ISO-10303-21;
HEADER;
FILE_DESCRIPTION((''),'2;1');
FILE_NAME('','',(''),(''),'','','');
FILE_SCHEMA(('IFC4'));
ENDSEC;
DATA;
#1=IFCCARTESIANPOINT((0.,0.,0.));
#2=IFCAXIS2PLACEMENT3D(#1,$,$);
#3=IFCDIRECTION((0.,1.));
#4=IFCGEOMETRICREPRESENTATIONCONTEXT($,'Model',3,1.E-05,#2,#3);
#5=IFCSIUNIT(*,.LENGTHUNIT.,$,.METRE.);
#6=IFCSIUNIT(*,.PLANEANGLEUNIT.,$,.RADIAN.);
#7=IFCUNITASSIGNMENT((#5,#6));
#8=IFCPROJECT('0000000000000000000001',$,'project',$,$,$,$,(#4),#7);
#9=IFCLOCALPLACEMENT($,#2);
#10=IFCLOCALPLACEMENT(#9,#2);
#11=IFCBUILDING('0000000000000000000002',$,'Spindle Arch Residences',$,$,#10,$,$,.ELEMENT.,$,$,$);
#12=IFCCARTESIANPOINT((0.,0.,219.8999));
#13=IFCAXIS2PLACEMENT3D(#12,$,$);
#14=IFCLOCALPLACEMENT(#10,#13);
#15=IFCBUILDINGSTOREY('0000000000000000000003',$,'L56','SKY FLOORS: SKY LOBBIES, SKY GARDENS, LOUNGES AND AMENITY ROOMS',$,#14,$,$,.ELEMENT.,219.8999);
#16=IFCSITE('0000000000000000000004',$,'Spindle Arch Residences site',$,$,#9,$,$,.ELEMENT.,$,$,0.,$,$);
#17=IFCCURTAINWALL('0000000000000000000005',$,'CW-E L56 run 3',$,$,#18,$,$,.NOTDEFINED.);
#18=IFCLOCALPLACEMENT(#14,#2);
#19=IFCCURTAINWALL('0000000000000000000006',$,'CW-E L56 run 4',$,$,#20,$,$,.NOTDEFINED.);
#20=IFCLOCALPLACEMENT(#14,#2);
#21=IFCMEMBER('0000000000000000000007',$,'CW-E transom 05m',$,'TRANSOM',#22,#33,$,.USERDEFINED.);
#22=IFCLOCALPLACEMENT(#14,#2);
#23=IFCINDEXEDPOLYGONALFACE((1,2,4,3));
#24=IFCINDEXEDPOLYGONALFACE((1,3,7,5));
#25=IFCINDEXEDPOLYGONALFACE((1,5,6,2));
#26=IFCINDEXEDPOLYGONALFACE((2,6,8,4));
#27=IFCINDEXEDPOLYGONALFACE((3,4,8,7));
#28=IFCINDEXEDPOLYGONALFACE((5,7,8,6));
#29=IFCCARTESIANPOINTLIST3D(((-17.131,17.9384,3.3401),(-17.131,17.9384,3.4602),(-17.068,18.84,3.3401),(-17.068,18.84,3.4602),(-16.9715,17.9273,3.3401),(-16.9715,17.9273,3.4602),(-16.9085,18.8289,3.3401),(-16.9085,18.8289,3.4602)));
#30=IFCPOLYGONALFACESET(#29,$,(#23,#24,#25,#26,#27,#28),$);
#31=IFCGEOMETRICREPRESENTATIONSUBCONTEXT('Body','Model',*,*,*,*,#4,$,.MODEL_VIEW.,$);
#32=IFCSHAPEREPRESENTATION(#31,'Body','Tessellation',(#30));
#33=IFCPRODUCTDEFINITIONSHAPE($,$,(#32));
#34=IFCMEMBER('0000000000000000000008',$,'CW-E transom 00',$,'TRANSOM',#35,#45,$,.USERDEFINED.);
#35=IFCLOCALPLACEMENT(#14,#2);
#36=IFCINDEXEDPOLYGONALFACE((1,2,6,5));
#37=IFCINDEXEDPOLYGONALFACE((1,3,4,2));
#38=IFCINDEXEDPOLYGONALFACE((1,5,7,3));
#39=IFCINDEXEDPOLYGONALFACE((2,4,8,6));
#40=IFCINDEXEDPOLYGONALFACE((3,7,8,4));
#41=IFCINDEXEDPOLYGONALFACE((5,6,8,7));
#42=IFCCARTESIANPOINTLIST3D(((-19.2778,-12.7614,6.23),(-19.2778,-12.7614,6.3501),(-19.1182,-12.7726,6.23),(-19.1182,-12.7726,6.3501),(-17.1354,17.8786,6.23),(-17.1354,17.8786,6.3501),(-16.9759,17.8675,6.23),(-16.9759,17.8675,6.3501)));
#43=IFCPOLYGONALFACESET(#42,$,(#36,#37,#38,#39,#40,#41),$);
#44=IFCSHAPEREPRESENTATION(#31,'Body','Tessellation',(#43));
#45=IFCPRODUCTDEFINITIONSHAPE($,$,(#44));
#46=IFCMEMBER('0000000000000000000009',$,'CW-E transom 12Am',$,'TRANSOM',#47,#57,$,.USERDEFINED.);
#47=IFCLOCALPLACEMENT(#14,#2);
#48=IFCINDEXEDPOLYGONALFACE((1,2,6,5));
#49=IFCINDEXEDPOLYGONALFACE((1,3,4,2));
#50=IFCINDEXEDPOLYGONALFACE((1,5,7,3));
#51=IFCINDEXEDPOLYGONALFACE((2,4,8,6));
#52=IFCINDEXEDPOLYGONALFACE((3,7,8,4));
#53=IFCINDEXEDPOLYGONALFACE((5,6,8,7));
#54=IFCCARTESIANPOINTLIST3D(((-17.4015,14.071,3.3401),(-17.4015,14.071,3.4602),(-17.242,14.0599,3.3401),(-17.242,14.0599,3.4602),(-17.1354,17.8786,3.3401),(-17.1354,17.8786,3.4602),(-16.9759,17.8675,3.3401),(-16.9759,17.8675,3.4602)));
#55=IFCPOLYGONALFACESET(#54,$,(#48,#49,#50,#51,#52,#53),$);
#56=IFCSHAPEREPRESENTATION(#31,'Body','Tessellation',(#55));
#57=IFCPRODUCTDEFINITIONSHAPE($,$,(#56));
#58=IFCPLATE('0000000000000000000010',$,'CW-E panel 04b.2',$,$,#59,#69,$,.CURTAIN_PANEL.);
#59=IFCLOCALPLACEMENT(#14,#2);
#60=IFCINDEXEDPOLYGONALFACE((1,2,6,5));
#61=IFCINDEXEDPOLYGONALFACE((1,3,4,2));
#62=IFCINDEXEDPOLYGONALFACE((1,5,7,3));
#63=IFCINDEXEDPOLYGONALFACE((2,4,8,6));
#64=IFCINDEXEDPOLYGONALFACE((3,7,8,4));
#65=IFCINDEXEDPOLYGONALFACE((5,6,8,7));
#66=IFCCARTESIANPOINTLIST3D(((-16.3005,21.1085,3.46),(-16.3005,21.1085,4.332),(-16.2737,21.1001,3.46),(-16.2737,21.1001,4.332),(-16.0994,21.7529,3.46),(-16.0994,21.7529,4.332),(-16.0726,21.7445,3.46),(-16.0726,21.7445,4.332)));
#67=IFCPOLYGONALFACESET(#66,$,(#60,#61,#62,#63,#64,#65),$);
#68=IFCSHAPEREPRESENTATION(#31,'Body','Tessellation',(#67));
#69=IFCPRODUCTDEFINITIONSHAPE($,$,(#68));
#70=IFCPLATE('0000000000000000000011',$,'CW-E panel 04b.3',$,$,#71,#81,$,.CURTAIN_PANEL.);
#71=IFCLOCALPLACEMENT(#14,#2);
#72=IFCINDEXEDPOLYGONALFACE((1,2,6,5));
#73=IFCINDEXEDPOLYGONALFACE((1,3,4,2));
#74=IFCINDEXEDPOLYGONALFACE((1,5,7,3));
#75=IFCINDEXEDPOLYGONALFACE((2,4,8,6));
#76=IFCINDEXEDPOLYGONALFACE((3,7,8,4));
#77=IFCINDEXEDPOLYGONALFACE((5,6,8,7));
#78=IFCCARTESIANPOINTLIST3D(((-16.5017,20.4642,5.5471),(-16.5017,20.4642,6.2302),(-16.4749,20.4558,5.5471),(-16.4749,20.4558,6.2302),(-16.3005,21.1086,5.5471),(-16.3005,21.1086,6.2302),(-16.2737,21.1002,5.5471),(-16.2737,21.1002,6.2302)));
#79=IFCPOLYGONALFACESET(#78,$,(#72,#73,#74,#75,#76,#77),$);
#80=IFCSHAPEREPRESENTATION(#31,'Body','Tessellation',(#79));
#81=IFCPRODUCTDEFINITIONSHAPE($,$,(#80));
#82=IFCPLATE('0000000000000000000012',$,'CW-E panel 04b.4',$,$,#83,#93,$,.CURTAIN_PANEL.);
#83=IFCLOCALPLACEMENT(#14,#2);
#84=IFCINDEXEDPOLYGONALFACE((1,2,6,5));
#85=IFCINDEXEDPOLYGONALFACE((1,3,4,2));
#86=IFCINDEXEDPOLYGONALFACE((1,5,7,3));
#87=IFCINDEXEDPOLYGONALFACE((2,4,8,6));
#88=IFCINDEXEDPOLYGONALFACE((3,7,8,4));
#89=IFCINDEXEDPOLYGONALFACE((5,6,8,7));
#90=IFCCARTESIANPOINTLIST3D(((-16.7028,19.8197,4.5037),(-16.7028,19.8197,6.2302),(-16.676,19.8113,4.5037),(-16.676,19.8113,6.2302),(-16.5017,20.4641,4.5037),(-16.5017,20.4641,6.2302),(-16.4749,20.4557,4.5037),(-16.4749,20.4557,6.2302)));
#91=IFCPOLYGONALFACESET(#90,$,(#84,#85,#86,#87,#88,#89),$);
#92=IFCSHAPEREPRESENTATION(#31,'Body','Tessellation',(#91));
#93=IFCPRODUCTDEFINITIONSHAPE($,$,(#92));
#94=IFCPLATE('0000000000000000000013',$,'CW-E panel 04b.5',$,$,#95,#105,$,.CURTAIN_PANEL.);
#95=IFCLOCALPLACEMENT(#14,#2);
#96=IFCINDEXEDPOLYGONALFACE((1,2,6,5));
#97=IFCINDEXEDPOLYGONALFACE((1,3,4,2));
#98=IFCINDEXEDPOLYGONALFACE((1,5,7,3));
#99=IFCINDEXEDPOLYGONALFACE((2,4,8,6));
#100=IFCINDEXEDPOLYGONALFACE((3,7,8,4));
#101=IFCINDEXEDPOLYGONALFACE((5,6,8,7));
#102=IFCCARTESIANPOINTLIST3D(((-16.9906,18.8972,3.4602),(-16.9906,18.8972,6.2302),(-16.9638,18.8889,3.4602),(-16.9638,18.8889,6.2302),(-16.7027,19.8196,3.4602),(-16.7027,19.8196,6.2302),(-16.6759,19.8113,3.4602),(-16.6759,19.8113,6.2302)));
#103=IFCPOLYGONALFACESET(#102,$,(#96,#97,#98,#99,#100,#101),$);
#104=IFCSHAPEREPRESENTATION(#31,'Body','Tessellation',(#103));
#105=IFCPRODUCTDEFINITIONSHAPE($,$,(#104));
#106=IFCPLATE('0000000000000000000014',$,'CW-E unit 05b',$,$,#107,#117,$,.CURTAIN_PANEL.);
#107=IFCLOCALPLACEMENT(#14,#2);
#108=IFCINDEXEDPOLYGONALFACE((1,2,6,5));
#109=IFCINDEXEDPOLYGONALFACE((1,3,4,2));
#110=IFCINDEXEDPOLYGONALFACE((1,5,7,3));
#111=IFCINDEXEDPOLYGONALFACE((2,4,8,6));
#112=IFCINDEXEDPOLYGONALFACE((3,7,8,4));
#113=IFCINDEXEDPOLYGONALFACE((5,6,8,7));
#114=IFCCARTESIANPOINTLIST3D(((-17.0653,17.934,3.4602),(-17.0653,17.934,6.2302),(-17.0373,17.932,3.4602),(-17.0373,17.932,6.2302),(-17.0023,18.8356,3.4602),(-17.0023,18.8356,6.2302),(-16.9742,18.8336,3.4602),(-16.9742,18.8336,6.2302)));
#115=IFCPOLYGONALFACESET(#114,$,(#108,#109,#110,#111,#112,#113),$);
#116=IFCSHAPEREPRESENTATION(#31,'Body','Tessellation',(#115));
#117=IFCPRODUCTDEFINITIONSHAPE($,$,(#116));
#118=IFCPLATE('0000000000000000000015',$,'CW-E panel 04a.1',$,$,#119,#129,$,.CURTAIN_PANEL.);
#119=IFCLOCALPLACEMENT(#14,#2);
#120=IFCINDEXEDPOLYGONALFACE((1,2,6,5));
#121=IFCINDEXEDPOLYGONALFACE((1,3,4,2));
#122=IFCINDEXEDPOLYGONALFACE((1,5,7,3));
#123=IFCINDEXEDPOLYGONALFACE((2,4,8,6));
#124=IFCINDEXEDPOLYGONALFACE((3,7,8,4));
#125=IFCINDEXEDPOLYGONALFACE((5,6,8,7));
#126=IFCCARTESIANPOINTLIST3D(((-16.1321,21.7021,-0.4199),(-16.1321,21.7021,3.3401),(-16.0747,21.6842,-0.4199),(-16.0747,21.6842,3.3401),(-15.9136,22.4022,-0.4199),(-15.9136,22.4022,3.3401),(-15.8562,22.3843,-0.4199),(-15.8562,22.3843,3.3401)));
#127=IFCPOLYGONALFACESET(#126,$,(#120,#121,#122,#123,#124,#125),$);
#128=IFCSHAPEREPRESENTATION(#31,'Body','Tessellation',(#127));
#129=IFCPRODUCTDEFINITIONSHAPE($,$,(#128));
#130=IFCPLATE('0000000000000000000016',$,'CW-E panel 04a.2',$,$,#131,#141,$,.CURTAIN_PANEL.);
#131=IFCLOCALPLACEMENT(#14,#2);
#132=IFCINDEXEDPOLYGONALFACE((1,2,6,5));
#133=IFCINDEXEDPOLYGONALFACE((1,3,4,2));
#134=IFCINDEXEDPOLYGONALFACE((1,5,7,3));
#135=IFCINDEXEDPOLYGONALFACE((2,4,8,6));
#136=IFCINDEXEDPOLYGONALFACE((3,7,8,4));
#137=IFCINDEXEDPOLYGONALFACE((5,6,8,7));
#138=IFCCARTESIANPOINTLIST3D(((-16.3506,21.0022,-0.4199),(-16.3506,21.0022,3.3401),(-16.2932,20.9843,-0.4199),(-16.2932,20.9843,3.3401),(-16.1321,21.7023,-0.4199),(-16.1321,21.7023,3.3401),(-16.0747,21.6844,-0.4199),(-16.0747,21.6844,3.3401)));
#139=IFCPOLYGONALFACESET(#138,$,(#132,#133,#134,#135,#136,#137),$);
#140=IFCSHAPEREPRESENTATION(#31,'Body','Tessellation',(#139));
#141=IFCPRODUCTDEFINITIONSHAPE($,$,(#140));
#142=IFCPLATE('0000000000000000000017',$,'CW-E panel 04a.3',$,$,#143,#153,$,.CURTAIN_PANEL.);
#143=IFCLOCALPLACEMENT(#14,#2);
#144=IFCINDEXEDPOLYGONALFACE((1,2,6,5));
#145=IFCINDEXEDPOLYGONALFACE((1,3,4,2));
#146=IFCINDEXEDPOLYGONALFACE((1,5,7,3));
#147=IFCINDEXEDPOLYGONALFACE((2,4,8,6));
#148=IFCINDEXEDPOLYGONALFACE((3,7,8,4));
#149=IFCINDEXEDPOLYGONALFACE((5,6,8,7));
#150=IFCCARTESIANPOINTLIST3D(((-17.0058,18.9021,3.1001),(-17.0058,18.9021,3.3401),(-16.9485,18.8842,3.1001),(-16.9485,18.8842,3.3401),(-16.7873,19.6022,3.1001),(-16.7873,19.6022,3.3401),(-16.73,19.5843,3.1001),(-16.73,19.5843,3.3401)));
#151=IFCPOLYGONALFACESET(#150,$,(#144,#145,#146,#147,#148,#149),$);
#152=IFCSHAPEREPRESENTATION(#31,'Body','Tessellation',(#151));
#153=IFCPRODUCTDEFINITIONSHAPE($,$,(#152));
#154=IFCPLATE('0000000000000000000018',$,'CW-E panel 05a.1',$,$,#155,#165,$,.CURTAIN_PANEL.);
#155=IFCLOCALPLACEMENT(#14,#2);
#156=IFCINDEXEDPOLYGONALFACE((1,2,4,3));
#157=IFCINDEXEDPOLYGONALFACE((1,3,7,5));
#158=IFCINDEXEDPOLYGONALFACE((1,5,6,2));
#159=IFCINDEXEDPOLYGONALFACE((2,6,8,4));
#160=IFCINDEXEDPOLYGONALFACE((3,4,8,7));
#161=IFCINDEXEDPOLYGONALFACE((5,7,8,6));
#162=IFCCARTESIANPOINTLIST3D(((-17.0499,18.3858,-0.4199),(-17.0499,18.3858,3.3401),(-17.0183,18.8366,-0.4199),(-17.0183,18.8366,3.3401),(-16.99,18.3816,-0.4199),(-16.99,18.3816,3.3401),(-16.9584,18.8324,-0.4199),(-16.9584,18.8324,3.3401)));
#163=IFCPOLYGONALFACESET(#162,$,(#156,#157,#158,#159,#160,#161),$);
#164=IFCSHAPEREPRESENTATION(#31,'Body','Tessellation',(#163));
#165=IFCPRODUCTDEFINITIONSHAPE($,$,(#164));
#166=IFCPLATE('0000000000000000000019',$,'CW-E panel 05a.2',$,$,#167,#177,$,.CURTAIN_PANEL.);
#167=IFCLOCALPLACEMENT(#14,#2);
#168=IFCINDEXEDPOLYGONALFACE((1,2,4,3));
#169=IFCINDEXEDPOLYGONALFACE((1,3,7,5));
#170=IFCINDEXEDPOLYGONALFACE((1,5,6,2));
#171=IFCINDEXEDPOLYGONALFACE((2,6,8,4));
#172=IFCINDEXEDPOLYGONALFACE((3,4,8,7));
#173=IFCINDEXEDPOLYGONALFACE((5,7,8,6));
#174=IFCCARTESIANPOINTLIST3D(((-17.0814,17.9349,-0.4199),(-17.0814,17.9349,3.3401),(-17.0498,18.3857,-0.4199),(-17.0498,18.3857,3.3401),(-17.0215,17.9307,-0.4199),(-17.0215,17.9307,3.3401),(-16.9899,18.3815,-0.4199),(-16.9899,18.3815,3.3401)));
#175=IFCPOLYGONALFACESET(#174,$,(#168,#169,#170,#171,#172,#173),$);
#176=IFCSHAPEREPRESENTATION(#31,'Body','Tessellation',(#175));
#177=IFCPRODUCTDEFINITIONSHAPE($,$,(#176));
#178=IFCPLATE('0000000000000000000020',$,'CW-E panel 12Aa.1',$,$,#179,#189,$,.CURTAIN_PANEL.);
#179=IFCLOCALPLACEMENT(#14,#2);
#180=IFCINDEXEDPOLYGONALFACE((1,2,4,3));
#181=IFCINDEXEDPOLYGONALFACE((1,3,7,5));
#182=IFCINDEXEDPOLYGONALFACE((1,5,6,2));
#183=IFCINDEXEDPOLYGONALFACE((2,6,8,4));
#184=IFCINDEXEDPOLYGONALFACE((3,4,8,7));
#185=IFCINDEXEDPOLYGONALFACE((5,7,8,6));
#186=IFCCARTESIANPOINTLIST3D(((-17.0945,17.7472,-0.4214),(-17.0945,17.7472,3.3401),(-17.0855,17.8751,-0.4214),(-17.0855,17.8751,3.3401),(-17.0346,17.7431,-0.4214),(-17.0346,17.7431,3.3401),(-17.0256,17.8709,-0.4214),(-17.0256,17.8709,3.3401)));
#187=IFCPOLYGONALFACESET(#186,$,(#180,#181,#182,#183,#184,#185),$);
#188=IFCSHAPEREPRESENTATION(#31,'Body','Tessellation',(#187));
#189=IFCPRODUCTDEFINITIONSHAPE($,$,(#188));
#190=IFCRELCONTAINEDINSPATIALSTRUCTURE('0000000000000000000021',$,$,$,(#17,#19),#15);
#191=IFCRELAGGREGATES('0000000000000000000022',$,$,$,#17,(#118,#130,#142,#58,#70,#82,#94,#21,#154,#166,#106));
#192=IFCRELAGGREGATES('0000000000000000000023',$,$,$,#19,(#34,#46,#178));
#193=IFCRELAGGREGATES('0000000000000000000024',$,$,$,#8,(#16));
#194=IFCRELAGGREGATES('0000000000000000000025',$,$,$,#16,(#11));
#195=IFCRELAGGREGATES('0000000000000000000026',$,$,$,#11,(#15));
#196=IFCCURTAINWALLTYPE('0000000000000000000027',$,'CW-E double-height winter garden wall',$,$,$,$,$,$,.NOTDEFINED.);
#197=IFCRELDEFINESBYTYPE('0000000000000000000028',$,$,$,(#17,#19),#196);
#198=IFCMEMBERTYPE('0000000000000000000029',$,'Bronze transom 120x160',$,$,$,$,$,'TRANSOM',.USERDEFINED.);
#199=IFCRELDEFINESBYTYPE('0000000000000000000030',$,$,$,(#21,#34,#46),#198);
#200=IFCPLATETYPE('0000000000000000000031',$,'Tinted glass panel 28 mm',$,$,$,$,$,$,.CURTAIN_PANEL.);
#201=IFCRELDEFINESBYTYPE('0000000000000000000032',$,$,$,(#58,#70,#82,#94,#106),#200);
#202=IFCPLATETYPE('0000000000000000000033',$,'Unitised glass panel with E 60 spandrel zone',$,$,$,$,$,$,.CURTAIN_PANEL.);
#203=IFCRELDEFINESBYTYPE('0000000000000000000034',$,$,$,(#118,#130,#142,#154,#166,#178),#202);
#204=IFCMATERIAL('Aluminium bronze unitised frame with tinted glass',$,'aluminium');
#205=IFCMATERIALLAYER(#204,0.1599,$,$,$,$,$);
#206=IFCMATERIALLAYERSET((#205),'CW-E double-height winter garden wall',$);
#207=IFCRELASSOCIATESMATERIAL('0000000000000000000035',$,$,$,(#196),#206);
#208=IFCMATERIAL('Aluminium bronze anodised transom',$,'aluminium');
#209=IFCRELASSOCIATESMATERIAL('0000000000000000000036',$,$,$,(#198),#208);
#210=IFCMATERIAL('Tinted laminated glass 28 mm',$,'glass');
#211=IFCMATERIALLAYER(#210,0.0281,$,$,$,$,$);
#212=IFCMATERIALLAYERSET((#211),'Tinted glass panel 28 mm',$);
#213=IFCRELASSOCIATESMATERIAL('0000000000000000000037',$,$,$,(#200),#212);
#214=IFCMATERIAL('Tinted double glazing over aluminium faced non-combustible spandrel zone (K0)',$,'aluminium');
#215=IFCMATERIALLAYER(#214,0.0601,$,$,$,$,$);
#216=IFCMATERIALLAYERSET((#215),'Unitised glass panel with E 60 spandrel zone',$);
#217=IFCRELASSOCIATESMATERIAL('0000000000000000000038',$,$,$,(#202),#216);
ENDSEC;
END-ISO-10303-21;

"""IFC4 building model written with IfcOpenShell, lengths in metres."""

from ifc_helpers import new_model, si_unit, direction, frame, origin, origin_2d, place, context, subcontext, project, spatial, rectangle, extrude, material, layer, layer_set, material_profile, profile_set, type_object, element, aggregate, save


model = new_model("IFC4")

# Units and contexts
model_context = context("Model", 3, precision=1e-05, world=origin(), true_north=direction((0.0, 1.0)))
body_context = subcontext(model_context, "Body", "Model", "MODEL_VIEW")
ifc_project = project(units=[si_unit("LENGTHUNIT", "METRE"), si_unit("PLANEANGLEUNIT", "RADIAN")], contexts=[model_context])

# Site, building, storey
site_placement = place(None, origin())
site = spatial("IfcSite", under=ifc_project, at=site_placement, Name="Spindle Arch Residences site", CompositionType="ELEMENT", RefElevation=0.0)
building_placement = place(site_placement, origin())
building = spatial("IfcBuilding", under=site, at=building_placement, Name="Spindle Arch Residences", CompositionType="ELEMENT")
storey_placement = place(building_placement, frame((0.0, 0.0, 219.8999)))
storey = spatial("IfcBuildingStorey", under=building, at=storey_placement, Name="L56", Description="SKY FLOORS: SKY LOBBIES, SKY GARDENS, LOUNGES AND AMENITY ROOMS", CompositionType="ELEMENT", Elevation=219.8999)

# Curtain walls
ifc_material_1 = material(Name="Aluminium bronze unitised frame with tinted glass", Category="aluminium")
ifc_layer_1 = layer(ifc_material_1, 0.1599)
ifc_layer_set_1 = layer_set([ifc_layer_1], Name="CW-E double-height winter garden wall")
curtain_wall_type = type_object("IfcCurtainWallType", Name="CW-E double-height winter garden wall", PredefinedType="NOTDEFINED", material=ifc_layer_set_1)
curtain_wall_1_placement = place(storey_placement, origin())
curtain_wall_1 = element("IfcCurtainWall", 1, at=curtain_wall_1_placement, inside=storey, type_object=curtain_wall_type, Name="CW-E L56 run 3", PredefinedType="NOTDEFINED")
curtain_wall_2_placement = place(storey_placement, origin())
curtain_wall_2 = element("IfcCurtainWall", 2, at=curtain_wall_2_placement, inside=storey, type_object=curtain_wall_type, Name="CW-E L56 run 4", PredefinedType="NOTDEFINED")

# Members
ifc_material_2 = material(Name="Aluminium bronze anodised transom", Category="aluminium")
ifc_material_profile_1 = material_profile(ifc_material_2, rectangle(XDim=0.1599, YDim=0.1201, at=origin_2d()), Name="TR 120x160")
ifc_profile_set_1 = profile_set([ifc_material_profile_1], Name="Aluminium bronze anodised transom")
member_type_1 = type_object("IfcMemberType", Name="Bronze transom 120x160", ElementType="TRANSOM", PredefinedType="USERDEFINED", material=ifc_profile_set_1)
member_1_placement = place(storey_placement, frame((-16.9883, 18.8345, 3.4001), z_axis=(-0.069692, -0.997569, 0.0), x_axis=(0.997569, -0.069692, 0.0)))
member_1 = element("IfcMember", 3, at=member_1_placement, type_object=member_type_1, Name="CW-E transom 05m", ObjectType="TRANSOM", PredefinedType="USERDEFINED", context=body_context, shape_type="SweptSolid", body=[
    extrude(rectangle(XDim=0.1599, YDim=0.1201, at=origin_2d()), origin(), (0.0, 0.0, 1.0), 0.9038),
])
member_2_placement = place(storey_placement, frame((-17.0557, 17.873, 6.29), z_axis=(-0.069749, -0.997565, 0.0), x_axis=(0.997565, -0.069749, 0.0)))
member_2 = element("IfcMember", 4, at=member_2_placement, type_object=member_type_1, Name="CW-E transom 00", ObjectType="TRANSOM", PredefinedType="USERDEFINED", context=body_context, shape_type="SweptSolid", body=[
    extrude(rectangle(XDim=0.1599, YDim=0.1201, at=origin_2d()), origin(), (0.0, 0.0, 1.0), 30.7148),
])
member_3_placement = place(storey_placement, frame((-17.0557, 17.873, 3.4001), z_axis=(-0.06972, -0.997567, 0.0), x_axis=(0.997567, -0.06972, 0.0)))
member_3 = element("IfcMember", 5, at=member_3_placement, type_object=member_type_1, Name="CW-E transom 12Am", ObjectType="TRANSOM", PredefinedType="USERDEFINED", context=body_context, shape_type="SweptSolid", body=[
    extrude(rectangle(XDim=0.1599, YDim=0.1201, at=origin_2d()), origin(), (0.0, 0.0, 1.0), 3.8169),
])

# Plates
ifc_material_3 = material(Name="Tinted laminated glass 28 mm", Category="glass")
ifc_layer_2 = layer(ifc_material_3, 0.0281)
ifc_layer_set_2 = layer_set([ifc_layer_2], Name="Tinted glass panel 28 mm")
plate_type_1 = type_object("IfcPlateType", Name="Tinted glass panel 28 mm", PredefinedType="CURTAIN_PANEL", material=ifc_layer_set_2)
plate_1_placement = place(storey_placement, frame((-16.1865, 21.4265, 3.46), z_axis=(0.0, 0.0, 1.0), x_axis=(-0.29793, -0.954588, 0.0)))
plate_1 = element("IfcPlate", 6, at=plate_1_placement, type_object=plate_type_1, Name="CW-E panel 04b.2", PredefinedType="CURTAIN_PANEL", context=body_context, shape_type="SweptSolid", body=[
    extrude(rectangle(XDim=0.675, YDim=0.0281, at=origin_2d()), origin(), (0.0, 0.0, 1.0), 0.8721),
])
plate_2_placement = place(storey_placement, frame((-16.3877, 20.7822, 5.5471), z_axis=(0.0, 0.0, 1.0), x_axis=(-0.29793, -0.954588, 0.0)))
plate_2 = element("IfcPlate", 7, at=plate_2_placement, type_object=plate_type_1, Name="CW-E panel 04b.3", PredefinedType="CURTAIN_PANEL", context=body_context, shape_type="SweptSolid", body=[
    extrude(rectangle(XDim=0.675, YDim=0.0281, at=origin_2d()), origin(), (0.0, 0.0, 1.0), 0.6831),
])
plate_3_placement = place(storey_placement, frame((-16.5889, 20.1377, 4.5037), z_axis=(0.0, 0.0, 1.0), x_axis=(-0.29793, -0.954588, 0.0)))
plate_3 = element("IfcPlate", 8, at=plate_3_placement, type_object=plate_type_1, Name="CW-E panel 04b.4", PredefinedType="CURTAIN_PANEL", context=body_context, shape_type="SweptSolid", body=[
    extrude(rectangle(XDim=0.675, YDim=0.0281, at=origin_2d()), origin(), (0.0, 0.0, 1.0), 1.7266),
])
plate_4_placement = place(storey_placement, frame((-16.8333, 19.3542, 3.4602), z_axis=(0.0, 0.0, 1.0), x_axis=(-0.29793, -0.954588, 0.0)))
plate_4 = element("IfcPlate", 9, at=plate_4_placement, type_object=plate_type_1, Name="CW-E panel 04b.5", PredefinedType="CURTAIN_PANEL", context=body_context, shape_type="SweptSolid", body=[
    extrude(rectangle(XDim=0.9663, YDim=0.0281, at=origin_2d()), origin(), (0.0, 0.0, 1.0), 2.77),
])
plate_5_placement = place(storey_placement, frame((-17.0198, 18.3838, 3.4602), z_axis=(0.0, 0.0, 1.0), x_axis=(-0.069756, -0.997564, 0.0)))
plate_5 = element("IfcPlate", 10, at=plate_5_placement, type_object=plate_type_1, Name="CW-E unit 05b", PredefinedType="CURTAIN_PANEL", context=body_context, shape_type="SweptSolid", body=[
    extrude(rectangle(XDim=0.9038, YDim=0.0281, at=origin_2d()), origin(), (0.0, 0.0, 1.0), 2.77),
])
ifc_material_4 = material(Name="Tinted double glazing over aluminium faced non-combustible spandrel zone (K0)", Category="aluminium")
ifc_layer_3 = layer(ifc_material_4, 0.0601)
ifc_layer_set_3 = layer_set([ifc_layer_3], Name="Unitised glass panel with E 60 spandrel zone")
plate_type_2 = type_object("IfcPlateType", Name="Unitised glass panel with E 60 spandrel zone", PredefinedType="CURTAIN_PANEL", material=ifc_layer_set_3)
plate_6_placement = place(storey_placement, frame((-15.9941, 22.0432, -0.4199), z_axis=(0.0, 0.0, 1.0), x_axis=(-0.29793, -0.954588, 0.0)))
plate_6 = element("IfcPlate", 11, at=plate_6_placement, type_object=plate_type_2, Name="CW-E panel 04a.1", PredefinedType="CURTAIN_PANEL", context=body_context, shape_type="SweptSolid", body=[
    extrude(rectangle(XDim=0.7334, YDim=0.0601, at=origin_2d()), origin(), (0.0, 0.0, 1.0), 3.76),
])
plate_7_placement = place(storey_placement, frame((-16.2126, 21.3433, -0.4199), z_axis=(0.0, 0.0, 1.0), x_axis=(-0.29793, -0.954588, 0.0)))
plate_7 = element("IfcPlate", 12, at=plate_7_placement, type_object=plate_type_2, Name="CW-E panel 04a.2", PredefinedType="CURTAIN_PANEL", context=body_context, shape_type="SweptSolid", body=[
    extrude(rectangle(XDim=0.7334, YDim=0.0601, at=origin_2d()), origin(), (0.0, 0.0, 1.0), 3.76),
])
plate_8_placement = place(storey_placement, frame((-16.8679, 19.2432, 3.1001), z_axis=(0.0, 0.0, 1.0), x_axis=(-0.29793, -0.954588, 0.0)))
plate_8 = element("IfcPlate", 13, at=plate_8_placement, type_object=plate_type_2, Name="CW-E panel 04a.3", PredefinedType="CURTAIN_PANEL", context=body_context, shape_type="SweptSolid", body=[
    extrude(rectangle(XDim=0.7334, YDim=0.0601, at=origin_2d()), origin(), (0.0, 0.0, 1.0), 0.24),
])
plate_9_placement = place(storey_placement, frame((-17.0042, 18.6091, -0.4199), z_axis=(0.0, 0.0, 1.0), x_axis=(-0.069756, -0.997564, 0.0)))
plate_9 = element("IfcPlate", 14, at=plate_9_placement, type_object=plate_type_2, Name="CW-E panel 05a.1", PredefinedType="CURTAIN_PANEL", context=body_context, shape_type="SweptSolid", body=[
    extrude(rectangle(XDim=0.4519, YDim=0.0601, at=origin_2d()), origin(), (0.0, 0.0, 1.0), 3.76),
])
plate_10_placement = place(storey_placement, frame((-17.0356, 18.1582, -0.4199), z_axis=(0.0, 0.0, 1.0), x_axis=(-0.069756, -0.997564, 0.0)))
plate_10 = element("IfcPlate", 15, at=plate_10_placement, type_object=plate_type_2, Name="CW-E panel 05a.2", PredefinedType="CURTAIN_PANEL", context=body_context, shape_type="SweptSolid", body=[
    extrude(rectangle(XDim=0.4519, YDim=0.0601, at=origin_2d()), origin(), (0.0, 0.0, 1.0), 3.76),
])
aggregate(curtain_wall_1, [plate_6, plate_7, plate_8, plate_1, plate_2, plate_3, plate_4, member_1, plate_9, plate_10, plate_5])
plate_11_placement = place(storey_placement, frame((-17.0601, 17.8091, -0.4214), z_axis=(0.0, 0.0, 1.0), x_axis=(-0.069756, -0.997564, 0.0)))
plate_11 = element("IfcPlate", 16, at=plate_11_placement, type_object=plate_type_2, Name="CW-E panel 12Aa.1", PredefinedType="CURTAIN_PANEL", context=body_context, shape_type="SweptSolid", body=[
    extrude(rectangle(XDim=0.1282, YDim=0.0601, at=origin_2d()), origin(), (0.0, 0.0, 1.0), 3.7615),
])
aggregate(curtain_wall_2, [member_2, member_3, plate_11])

save(model, "model.ifc")
